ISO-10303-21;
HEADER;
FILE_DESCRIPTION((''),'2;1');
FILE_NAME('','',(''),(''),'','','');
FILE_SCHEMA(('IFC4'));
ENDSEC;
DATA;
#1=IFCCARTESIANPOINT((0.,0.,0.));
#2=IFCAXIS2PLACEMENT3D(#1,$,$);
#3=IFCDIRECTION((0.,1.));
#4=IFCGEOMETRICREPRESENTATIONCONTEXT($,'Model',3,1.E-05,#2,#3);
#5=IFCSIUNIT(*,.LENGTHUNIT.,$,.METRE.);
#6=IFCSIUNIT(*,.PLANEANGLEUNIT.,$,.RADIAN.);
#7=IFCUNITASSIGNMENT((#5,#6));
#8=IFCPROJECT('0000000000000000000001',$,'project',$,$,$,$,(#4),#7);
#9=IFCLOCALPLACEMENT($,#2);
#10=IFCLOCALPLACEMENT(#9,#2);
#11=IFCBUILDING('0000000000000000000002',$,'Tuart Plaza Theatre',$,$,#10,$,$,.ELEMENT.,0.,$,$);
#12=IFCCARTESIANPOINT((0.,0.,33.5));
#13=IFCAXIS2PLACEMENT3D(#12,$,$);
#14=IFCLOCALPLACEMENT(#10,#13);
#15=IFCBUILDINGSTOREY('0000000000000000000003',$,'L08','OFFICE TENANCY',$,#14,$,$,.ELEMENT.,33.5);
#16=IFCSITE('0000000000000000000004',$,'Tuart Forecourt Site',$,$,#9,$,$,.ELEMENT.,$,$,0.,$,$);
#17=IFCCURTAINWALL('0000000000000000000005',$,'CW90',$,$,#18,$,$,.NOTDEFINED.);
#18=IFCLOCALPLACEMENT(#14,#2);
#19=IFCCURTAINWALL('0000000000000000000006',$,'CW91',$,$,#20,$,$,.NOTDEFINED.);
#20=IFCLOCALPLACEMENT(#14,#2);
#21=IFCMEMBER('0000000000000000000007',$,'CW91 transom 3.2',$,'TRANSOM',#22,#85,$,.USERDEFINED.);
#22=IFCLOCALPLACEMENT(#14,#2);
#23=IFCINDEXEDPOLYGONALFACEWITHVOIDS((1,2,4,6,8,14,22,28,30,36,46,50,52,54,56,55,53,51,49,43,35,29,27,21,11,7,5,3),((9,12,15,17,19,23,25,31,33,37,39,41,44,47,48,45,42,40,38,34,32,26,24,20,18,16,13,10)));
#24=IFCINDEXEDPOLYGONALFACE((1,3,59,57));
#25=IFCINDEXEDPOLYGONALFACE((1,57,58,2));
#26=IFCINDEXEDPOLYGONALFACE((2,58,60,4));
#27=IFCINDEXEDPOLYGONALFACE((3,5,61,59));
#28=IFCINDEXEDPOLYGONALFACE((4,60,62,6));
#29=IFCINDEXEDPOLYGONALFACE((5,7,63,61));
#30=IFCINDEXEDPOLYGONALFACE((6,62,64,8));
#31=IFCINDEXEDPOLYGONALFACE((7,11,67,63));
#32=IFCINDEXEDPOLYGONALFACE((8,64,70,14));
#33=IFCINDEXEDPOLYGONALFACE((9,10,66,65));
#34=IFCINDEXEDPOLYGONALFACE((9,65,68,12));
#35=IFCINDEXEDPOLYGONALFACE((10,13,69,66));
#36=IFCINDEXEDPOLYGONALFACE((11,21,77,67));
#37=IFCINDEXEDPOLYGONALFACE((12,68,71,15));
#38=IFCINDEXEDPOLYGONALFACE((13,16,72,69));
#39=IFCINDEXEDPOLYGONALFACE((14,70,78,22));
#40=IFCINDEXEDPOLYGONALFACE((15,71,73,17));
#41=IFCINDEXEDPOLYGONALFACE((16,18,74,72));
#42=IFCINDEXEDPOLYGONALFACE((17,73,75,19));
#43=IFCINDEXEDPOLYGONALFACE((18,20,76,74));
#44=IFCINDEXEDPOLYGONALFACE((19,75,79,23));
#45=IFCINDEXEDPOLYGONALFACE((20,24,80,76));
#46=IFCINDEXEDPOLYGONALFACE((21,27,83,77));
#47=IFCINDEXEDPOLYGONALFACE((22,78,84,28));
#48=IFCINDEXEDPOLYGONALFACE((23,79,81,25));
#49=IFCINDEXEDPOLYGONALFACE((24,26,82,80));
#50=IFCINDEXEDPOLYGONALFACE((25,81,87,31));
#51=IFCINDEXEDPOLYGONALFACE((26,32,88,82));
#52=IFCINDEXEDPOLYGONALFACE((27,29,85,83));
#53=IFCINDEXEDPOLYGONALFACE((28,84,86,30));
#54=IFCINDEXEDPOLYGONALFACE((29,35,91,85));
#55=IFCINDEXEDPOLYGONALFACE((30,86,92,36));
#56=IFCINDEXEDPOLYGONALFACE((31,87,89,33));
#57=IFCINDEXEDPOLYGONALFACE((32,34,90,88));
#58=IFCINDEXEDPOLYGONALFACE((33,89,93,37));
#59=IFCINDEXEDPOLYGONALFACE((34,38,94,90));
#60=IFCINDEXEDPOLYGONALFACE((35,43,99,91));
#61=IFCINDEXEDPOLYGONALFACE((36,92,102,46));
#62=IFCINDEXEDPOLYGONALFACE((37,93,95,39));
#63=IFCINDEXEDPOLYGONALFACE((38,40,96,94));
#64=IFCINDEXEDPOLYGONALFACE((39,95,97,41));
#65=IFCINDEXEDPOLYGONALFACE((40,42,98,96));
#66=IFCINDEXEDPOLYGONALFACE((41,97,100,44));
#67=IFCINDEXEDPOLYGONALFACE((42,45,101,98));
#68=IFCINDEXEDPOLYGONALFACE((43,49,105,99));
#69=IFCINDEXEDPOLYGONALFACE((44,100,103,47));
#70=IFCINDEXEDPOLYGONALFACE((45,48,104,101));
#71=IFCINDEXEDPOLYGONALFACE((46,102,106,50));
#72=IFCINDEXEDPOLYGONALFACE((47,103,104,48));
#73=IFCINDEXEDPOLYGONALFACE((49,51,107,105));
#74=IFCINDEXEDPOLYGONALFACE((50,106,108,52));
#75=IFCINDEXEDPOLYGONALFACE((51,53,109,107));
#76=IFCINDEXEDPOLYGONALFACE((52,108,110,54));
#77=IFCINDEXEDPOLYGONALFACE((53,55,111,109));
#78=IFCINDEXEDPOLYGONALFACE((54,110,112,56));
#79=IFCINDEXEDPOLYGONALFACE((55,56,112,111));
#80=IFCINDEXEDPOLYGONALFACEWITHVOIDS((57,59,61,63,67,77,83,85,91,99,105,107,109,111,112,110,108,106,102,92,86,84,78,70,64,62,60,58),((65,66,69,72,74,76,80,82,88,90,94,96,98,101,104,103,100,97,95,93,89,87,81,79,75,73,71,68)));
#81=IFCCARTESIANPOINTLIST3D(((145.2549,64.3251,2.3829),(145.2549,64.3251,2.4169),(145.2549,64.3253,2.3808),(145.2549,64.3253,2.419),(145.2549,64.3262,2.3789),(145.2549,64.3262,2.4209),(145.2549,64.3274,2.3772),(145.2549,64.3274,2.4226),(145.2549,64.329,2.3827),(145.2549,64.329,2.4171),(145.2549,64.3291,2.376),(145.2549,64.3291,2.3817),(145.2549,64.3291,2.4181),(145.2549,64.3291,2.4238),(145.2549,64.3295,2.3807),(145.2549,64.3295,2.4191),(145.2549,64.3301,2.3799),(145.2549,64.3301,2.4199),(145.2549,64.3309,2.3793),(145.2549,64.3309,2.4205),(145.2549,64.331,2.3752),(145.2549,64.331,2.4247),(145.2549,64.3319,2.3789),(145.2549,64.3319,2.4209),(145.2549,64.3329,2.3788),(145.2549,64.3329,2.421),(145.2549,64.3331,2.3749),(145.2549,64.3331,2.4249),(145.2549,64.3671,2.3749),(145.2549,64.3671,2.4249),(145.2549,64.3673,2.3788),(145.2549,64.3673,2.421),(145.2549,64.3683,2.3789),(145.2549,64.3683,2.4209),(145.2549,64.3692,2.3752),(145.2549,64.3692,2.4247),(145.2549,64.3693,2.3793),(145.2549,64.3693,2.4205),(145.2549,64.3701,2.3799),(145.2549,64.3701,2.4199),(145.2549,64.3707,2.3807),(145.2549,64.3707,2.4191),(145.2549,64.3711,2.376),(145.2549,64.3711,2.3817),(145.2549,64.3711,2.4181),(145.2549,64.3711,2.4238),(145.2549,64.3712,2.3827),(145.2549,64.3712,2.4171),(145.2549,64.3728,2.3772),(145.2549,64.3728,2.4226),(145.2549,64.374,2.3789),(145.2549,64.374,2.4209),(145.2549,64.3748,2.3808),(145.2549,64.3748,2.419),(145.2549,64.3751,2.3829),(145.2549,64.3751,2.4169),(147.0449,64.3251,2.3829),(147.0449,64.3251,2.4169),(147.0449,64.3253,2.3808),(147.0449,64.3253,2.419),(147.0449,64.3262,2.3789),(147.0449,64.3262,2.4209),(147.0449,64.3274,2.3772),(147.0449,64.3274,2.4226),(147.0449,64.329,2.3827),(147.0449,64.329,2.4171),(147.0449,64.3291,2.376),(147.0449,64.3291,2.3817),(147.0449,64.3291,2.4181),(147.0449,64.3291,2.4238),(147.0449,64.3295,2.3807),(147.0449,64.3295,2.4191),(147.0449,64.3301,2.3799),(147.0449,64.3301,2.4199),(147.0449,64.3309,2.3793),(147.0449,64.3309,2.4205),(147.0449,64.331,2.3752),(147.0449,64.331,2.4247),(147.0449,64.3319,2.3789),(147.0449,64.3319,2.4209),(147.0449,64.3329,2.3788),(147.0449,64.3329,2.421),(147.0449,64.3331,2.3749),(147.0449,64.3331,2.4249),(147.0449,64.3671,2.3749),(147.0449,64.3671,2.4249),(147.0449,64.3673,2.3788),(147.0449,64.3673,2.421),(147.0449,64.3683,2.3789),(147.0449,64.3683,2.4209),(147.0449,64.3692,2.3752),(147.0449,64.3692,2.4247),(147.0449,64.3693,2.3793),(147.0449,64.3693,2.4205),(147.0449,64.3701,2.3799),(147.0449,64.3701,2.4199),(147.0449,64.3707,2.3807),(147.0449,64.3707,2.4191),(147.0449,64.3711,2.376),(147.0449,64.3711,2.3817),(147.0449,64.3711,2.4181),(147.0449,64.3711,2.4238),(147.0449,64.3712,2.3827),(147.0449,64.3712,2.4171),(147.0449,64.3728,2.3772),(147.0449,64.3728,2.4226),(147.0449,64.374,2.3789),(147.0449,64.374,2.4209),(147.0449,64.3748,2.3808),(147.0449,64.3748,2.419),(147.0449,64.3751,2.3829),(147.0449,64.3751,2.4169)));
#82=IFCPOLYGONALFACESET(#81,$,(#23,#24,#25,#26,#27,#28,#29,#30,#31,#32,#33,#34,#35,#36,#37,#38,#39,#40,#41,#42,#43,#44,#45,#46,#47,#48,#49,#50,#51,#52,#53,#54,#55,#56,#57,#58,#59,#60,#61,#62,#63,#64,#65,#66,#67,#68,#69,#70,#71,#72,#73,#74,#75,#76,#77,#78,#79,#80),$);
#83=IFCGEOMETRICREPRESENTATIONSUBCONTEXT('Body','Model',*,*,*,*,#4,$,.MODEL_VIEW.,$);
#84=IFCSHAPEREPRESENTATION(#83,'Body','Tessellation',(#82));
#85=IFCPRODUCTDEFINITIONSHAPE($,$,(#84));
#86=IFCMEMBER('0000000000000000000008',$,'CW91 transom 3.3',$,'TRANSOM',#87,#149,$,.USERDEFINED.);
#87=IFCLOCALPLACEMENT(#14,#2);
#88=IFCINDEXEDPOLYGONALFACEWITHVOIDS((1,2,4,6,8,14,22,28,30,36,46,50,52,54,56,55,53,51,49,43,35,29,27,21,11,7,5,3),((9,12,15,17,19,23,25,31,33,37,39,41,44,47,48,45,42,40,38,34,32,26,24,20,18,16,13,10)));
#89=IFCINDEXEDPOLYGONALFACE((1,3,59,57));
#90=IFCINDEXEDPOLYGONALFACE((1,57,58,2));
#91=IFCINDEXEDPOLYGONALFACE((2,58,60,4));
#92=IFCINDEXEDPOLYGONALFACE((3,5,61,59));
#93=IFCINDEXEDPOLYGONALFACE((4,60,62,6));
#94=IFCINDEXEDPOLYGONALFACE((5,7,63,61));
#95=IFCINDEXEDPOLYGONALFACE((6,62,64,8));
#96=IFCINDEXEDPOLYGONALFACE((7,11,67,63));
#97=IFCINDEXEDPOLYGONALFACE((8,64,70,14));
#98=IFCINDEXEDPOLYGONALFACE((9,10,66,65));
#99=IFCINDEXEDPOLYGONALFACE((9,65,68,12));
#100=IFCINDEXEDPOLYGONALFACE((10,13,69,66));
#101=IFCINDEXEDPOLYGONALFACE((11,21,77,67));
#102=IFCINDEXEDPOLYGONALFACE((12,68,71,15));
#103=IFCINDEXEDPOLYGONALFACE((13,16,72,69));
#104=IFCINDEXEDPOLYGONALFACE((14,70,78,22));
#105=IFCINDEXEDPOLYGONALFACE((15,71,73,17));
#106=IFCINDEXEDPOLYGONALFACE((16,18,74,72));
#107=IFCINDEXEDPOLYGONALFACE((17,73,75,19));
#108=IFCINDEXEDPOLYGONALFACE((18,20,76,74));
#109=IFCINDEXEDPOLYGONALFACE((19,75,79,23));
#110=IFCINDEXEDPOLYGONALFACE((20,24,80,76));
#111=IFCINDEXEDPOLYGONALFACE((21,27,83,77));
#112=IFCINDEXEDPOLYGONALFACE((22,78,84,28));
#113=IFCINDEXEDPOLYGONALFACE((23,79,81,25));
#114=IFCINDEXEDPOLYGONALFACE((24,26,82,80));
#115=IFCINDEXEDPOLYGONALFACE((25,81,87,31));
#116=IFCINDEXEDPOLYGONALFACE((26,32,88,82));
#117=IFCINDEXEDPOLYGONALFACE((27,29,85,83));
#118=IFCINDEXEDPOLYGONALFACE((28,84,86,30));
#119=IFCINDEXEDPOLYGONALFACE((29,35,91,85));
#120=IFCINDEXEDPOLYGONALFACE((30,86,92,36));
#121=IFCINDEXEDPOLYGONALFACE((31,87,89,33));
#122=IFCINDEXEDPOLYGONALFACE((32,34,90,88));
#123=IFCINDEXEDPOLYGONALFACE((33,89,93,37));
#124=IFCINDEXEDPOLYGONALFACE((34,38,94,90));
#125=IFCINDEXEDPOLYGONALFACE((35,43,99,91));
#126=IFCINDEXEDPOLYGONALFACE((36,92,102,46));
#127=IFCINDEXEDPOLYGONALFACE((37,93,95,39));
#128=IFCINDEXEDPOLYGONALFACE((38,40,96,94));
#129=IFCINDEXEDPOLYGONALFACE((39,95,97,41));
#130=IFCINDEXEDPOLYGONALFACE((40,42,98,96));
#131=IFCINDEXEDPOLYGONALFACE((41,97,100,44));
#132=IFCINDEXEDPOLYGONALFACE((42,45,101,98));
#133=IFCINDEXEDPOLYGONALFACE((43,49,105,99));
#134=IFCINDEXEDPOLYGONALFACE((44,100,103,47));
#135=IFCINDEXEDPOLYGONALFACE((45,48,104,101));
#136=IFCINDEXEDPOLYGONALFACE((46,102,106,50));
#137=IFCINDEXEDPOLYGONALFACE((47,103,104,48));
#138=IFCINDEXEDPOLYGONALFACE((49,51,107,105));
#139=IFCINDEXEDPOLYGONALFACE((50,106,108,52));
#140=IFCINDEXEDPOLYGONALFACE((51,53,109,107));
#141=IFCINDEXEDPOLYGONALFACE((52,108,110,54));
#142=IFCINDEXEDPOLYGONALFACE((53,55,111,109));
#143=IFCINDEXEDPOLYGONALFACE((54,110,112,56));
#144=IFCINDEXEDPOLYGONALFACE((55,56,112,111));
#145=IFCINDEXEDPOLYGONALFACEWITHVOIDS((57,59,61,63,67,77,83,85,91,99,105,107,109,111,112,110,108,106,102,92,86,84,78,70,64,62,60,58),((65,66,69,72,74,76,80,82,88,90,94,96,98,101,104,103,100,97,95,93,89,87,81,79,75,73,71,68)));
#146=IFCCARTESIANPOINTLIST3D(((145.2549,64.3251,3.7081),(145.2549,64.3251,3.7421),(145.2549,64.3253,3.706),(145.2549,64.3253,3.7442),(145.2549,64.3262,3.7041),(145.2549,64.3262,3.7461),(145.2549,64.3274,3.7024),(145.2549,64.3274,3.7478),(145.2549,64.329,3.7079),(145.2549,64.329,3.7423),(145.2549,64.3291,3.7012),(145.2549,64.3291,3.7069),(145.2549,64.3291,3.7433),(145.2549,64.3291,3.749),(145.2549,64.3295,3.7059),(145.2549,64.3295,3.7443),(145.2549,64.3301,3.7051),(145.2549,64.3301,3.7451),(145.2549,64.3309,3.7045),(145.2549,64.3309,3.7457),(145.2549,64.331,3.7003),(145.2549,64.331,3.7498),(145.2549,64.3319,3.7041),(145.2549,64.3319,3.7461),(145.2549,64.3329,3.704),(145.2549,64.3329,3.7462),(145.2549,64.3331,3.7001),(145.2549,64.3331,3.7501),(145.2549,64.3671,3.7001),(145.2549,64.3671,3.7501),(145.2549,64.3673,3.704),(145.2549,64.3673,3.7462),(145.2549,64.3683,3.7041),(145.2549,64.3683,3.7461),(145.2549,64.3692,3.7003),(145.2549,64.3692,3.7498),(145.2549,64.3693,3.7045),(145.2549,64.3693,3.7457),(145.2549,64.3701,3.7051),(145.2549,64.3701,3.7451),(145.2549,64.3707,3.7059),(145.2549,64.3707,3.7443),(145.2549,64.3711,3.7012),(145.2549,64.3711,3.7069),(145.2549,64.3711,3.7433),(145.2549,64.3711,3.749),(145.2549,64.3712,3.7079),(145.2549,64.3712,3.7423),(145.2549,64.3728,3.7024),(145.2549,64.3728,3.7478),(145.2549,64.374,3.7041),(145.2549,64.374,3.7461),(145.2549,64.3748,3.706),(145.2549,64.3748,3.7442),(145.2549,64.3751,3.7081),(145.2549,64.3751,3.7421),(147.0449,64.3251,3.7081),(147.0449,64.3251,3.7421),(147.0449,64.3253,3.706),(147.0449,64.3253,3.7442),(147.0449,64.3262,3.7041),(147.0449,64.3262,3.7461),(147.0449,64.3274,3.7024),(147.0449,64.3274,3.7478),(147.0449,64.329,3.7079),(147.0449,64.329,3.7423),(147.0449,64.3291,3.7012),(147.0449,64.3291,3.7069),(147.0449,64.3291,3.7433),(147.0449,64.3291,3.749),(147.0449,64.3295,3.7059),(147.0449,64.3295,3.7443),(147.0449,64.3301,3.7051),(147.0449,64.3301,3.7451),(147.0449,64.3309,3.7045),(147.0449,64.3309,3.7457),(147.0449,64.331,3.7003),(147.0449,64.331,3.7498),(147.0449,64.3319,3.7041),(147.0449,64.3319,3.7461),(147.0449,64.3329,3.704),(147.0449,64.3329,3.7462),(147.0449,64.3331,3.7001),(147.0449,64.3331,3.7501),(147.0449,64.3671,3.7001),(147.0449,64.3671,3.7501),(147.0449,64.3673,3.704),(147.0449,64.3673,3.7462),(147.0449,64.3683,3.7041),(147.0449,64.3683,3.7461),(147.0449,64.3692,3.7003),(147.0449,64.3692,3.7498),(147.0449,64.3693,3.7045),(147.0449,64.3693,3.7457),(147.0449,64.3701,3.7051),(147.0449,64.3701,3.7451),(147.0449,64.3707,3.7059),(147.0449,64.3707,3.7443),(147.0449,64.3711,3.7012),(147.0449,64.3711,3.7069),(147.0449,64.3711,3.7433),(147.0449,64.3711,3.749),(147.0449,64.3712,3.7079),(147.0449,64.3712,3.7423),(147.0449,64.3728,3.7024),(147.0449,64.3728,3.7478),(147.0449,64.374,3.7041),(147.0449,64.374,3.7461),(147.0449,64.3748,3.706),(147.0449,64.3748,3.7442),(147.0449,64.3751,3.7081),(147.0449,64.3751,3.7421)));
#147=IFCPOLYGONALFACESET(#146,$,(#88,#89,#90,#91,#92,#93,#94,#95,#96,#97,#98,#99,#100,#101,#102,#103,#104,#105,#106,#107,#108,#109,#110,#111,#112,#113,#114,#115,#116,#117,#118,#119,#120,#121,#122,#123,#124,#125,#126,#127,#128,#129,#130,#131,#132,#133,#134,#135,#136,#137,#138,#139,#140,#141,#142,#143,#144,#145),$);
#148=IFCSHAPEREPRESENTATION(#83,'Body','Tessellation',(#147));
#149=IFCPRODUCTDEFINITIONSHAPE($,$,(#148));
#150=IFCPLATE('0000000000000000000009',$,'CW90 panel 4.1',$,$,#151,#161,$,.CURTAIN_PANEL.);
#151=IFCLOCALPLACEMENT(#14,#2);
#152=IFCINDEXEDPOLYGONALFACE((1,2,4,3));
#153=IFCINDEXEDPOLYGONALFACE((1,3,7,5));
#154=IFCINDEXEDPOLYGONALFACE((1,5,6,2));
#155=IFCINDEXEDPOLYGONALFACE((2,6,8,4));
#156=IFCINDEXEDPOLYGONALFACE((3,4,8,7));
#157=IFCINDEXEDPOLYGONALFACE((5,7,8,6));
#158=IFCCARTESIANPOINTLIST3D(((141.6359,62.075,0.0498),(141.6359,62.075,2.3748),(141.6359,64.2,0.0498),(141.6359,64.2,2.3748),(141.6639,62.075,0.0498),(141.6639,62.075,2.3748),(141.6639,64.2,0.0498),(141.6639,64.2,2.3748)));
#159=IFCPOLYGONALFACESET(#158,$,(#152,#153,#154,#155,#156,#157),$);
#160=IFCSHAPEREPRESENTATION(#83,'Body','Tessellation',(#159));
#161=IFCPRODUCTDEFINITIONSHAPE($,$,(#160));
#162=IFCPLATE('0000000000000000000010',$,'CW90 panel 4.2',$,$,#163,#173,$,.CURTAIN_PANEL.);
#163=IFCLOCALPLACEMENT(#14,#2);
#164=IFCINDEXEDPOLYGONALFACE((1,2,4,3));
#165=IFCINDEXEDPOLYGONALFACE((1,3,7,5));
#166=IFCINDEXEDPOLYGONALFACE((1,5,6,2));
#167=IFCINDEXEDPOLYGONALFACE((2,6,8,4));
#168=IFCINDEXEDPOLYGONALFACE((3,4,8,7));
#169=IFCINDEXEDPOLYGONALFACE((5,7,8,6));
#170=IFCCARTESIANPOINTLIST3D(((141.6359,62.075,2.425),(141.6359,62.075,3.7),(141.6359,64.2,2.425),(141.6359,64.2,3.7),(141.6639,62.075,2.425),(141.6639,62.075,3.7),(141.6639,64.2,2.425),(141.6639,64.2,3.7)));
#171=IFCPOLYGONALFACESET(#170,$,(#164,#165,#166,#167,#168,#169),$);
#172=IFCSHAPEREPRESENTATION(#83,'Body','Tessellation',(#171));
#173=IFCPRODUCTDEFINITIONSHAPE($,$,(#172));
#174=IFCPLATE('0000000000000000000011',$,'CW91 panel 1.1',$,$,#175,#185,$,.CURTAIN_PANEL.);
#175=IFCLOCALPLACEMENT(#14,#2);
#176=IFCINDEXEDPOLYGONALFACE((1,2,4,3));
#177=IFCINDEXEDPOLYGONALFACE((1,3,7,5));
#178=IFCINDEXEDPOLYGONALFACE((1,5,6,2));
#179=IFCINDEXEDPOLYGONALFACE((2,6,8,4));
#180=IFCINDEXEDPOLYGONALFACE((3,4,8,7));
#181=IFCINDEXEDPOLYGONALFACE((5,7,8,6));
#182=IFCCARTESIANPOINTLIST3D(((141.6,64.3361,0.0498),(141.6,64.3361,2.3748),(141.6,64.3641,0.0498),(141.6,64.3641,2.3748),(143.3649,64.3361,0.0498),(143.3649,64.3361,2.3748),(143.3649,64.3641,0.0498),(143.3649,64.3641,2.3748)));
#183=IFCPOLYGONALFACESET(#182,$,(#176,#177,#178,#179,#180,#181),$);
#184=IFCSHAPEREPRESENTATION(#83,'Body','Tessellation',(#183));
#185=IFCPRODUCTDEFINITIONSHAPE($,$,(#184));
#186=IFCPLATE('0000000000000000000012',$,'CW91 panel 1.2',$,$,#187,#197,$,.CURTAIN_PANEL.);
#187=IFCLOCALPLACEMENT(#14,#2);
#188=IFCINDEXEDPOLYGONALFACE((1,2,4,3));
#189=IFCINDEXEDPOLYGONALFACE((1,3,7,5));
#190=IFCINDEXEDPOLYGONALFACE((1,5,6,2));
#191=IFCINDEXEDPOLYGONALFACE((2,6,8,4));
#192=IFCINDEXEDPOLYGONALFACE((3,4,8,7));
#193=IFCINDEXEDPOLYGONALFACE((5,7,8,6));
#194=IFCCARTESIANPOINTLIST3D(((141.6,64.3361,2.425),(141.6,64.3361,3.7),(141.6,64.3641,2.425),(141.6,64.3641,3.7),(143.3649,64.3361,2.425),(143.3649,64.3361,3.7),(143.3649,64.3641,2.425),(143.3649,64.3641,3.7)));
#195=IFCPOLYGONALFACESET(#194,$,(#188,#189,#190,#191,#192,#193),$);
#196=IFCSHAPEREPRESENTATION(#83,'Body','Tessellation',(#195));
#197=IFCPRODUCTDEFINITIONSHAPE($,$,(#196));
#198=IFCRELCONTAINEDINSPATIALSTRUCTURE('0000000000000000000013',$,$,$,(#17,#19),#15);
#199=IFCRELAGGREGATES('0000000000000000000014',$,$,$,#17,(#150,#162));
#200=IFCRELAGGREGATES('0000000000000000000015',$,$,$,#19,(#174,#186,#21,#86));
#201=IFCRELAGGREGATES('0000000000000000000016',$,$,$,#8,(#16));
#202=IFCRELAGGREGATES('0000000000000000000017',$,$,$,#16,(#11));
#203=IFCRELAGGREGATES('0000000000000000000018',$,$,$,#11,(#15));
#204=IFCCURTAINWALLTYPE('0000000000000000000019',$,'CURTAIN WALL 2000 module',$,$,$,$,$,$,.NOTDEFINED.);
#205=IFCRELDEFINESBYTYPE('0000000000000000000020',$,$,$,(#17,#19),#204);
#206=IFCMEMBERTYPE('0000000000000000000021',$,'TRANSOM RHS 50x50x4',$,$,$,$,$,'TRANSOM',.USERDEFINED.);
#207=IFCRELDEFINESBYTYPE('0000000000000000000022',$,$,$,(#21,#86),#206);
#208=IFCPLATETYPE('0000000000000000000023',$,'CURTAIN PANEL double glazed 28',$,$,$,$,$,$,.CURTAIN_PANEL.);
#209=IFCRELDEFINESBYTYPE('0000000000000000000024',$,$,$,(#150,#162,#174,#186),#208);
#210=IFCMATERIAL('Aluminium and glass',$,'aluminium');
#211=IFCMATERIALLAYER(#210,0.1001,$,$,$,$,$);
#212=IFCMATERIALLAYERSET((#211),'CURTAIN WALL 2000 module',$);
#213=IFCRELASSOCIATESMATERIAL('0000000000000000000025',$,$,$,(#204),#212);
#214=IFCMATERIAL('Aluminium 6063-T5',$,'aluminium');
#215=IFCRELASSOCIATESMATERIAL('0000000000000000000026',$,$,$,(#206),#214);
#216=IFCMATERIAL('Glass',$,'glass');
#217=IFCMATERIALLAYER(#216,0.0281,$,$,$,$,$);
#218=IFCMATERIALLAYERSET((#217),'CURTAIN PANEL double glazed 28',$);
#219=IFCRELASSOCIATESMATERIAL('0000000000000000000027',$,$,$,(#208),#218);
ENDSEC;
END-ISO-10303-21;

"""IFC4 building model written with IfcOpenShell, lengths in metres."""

from ifc_helpers import new_model, si_unit, direction, frame, origin, origin_2d, place, context, subcontext, project, spatial, rectangle, hollow_rectangle, extrude, material, layer, layer_set, material_profile, profile_set, type_object, element, aggregate, save


model = new_model("IFC4")

# Units and contexts
model_context = context("Model", 3, precision=1e-05, world=origin(), true_north=direction((0.0, 1.0)))
body_context = subcontext(model_context, "Body", "Model", "MODEL_VIEW")
ifc_project = project(units=[si_unit("LENGTHUNIT", "METRE"), si_unit("PLANEANGLEUNIT", "RADIAN")], contexts=[model_context])

# Site, building, storey
site_placement = place(None, origin())
site = spatial("IfcSite", under=ifc_project, at=site_placement, Name="Tuart Forecourt Site", CompositionType="ELEMENT", RefElevation=0.0)
building_placement = place(site_placement, origin())
building = spatial("IfcBuilding", under=site, at=building_placement, Name="Tuart Plaza Theatre", CompositionType="ELEMENT", ElevationOfRefHeight=0.0)
storey_placement = place(building_placement, frame((0.0, 0.0, 33.5)))
storey = spatial("IfcBuildingStorey", under=building, at=storey_placement, Name="L08", Description="OFFICE TENANCY", CompositionType="ELEMENT", Elevation=33.5)

# Curtain wall
ifc_material_1 = material(Name="Aluminium and glass", Category="aluminium")
ifc_layer_1 = layer(ifc_material_1, 0.1001)
ifc_layer_set_1 = layer_set([ifc_layer_1], Name="CURTAIN WALL 2000 module")
curtain_wall_type = type_object("IfcCurtainWallType", Name="CURTAIN WALL 2000 module", PredefinedType="NOTDEFINED", material=ifc_layer_set_1)
curtain_wall_1_placement = place(storey_placement, origin())
curtain_wall_1 = element("IfcCurtainWall", 1, at=curtain_wall_1_placement, inside=storey, type_object=curtain_wall_type, Name="CW90", PredefinedType="NOTDEFINED")

# Curtain wall, members
curtain_wall_2_placement = place(storey_placement, origin())
curtain_wall_2 = element("IfcCurtainWall", 2, at=curtain_wall_2_placement, inside=storey, type_object=curtain_wall_type, Name="CW91", PredefinedType="NOTDEFINED")
ifc_material_2 = material(Name="Aluminium 6063-T5", Category="aluminium")
ifc_material_profile_1 = material_profile(ifc_material_2, hollow_rectangle(XDim=0.05, YDim=0.05, WallThickness=0.0039, InnerFilletRadius=0.0039, OuterFilletRadius=0.0081, at=origin_2d()), Name="RHS 50x50x4")
ifc_profile_set_1 = profile_set([ifc_material_profile_1], Name="Aluminium 6063-T5")
member_type_1 = type_object("IfcMemberType", Name="TRANSOM RHS 50x50x4", ElementType="TRANSOM", PredefinedType="USERDEFINED", material=ifc_profile_set_1)
member_1_placement = place(storey_placement, frame((145.2549, 64.3501, 2.3999), z_axis=(1.0, 0.0, 0.0), x_axis=(0.0, 1.0, 0.0)))
member_1 = element("IfcMember", 3, at=member_1_placement, type_object=member_type_1, Name="CW91 transom 3.2", ObjectType="TRANSOM", PredefinedType="USERDEFINED", context=body_context, shape_type="SweptSolid", body=[
    extrude(hollow_rectangle(XDim=0.05, YDim=0.05, WallThickness=0.0039, InnerFilletRadius=0.0039, OuterFilletRadius=0.0081, at=origin_2d()), origin(), (0.0, 0.0, 1.0), 1.79),
])
member_2_placement = place(storey_placement, frame((145.2549, 64.3501, 3.7251), z_axis=(1.0, 0.0, 0.0), x_axis=(0.0, 1.0, 0.0)))
member_2 = element("IfcMember", 4, at=member_2_placement, type_object=member_type_1, Name="CW91 transom 3.3", ObjectType="TRANSOM", PredefinedType="USERDEFINED", context=body_context, shape_type="SweptSolid", body=[
    extrude(hollow_rectangle(XDim=0.05, YDim=0.05, WallThickness=0.0039, InnerFilletRadius=0.0039, OuterFilletRadius=0.0081, at=origin_2d()), origin(), (0.0, 0.0, 1.0), 1.79),
])

# Plates
ifc_material_3 = material(Name="Glass", Category="glass")
ifc_layer_2 = layer(ifc_material_3, 0.0281)
ifc_layer_set_2 = layer_set([ifc_layer_2], Name="CURTAIN PANEL double glazed 28")
plate_type = type_object("IfcPlateType", Name="CURTAIN PANEL double glazed 28", PredefinedType="CURTAIN_PANEL", material=ifc_layer_set_2)
plate_1_placement = place(storey_placement, frame((141.6499, 63.1375, 0.0498), z_axis=(0.0, 0.0, 1.0), x_axis=(0.0, 1.0, 0.0)))
plate_1 = element("IfcPlate", 5, at=plate_1_placement, type_object=plate_type, Name="CW90 panel 4.1", PredefinedType="CURTAIN_PANEL", context=body_context, shape_type="SweptSolid", body=[
    extrude(rectangle(XDim=2.125, YDim=0.0281, at=origin_2d()), origin(), (0.0, 0.0, 1.0), 2.325),
])
plate_2_placement = place(storey_placement, frame((141.6499, 63.1375, 2.425), z_axis=(0.0, 0.0, 1.0), x_axis=(0.0, 1.0, 0.0)))
plate_2 = element("IfcPlate", 6, at=plate_2_placement, type_object=plate_type, Name="CW90 panel 4.2", PredefinedType="CURTAIN_PANEL", context=body_context, shape_type="SweptSolid", body=[
    extrude(rectangle(XDim=2.125, YDim=0.0281, at=origin_2d()), origin(), (0.0, 0.0, 1.0), 1.2749),
])
aggregate(curtain_wall_1, [plate_1, plate_2])
plate_3_placement = place(storey_placement, frame((142.4824, 64.3501, 0.0498), z_axis=(0.0, 0.0, 1.0), x_axis=(1.0, 0.0, 0.0)))
plate_3 = element("IfcPlate", 7, at=plate_3_placement, type_object=plate_type, Name="CW91 panel 1.1", PredefinedType="CURTAIN_PANEL", context=body_context, shape_type="SweptSolid", body=[
    extrude(rectangle(XDim=1.7649, YDim=0.0281, at=origin_2d()), origin(), (0.0, 0.0, 1.0), 2.325),
])
plate_4_placement = place(storey_placement, frame((142.4824, 64.3501, 2.425), z_axis=(0.0, 0.0, 1.0), x_axis=(1.0, 0.0, 0.0)))
plate_4 = element("IfcPlate", 8, at=plate_4_placement, type_object=plate_type, Name="CW91 panel 1.2", PredefinedType="CURTAIN_PANEL", context=body_context, shape_type="SweptSolid", body=[
    extrude(rectangle(XDim=1.7649, YDim=0.0281, at=origin_2d()), origin(), (0.0, 0.0, 1.0), 1.2749),
])
aggregate(curtain_wall_2, [plate_3, plate_4, member_1, member_2])

save(model, "model.ifc")
